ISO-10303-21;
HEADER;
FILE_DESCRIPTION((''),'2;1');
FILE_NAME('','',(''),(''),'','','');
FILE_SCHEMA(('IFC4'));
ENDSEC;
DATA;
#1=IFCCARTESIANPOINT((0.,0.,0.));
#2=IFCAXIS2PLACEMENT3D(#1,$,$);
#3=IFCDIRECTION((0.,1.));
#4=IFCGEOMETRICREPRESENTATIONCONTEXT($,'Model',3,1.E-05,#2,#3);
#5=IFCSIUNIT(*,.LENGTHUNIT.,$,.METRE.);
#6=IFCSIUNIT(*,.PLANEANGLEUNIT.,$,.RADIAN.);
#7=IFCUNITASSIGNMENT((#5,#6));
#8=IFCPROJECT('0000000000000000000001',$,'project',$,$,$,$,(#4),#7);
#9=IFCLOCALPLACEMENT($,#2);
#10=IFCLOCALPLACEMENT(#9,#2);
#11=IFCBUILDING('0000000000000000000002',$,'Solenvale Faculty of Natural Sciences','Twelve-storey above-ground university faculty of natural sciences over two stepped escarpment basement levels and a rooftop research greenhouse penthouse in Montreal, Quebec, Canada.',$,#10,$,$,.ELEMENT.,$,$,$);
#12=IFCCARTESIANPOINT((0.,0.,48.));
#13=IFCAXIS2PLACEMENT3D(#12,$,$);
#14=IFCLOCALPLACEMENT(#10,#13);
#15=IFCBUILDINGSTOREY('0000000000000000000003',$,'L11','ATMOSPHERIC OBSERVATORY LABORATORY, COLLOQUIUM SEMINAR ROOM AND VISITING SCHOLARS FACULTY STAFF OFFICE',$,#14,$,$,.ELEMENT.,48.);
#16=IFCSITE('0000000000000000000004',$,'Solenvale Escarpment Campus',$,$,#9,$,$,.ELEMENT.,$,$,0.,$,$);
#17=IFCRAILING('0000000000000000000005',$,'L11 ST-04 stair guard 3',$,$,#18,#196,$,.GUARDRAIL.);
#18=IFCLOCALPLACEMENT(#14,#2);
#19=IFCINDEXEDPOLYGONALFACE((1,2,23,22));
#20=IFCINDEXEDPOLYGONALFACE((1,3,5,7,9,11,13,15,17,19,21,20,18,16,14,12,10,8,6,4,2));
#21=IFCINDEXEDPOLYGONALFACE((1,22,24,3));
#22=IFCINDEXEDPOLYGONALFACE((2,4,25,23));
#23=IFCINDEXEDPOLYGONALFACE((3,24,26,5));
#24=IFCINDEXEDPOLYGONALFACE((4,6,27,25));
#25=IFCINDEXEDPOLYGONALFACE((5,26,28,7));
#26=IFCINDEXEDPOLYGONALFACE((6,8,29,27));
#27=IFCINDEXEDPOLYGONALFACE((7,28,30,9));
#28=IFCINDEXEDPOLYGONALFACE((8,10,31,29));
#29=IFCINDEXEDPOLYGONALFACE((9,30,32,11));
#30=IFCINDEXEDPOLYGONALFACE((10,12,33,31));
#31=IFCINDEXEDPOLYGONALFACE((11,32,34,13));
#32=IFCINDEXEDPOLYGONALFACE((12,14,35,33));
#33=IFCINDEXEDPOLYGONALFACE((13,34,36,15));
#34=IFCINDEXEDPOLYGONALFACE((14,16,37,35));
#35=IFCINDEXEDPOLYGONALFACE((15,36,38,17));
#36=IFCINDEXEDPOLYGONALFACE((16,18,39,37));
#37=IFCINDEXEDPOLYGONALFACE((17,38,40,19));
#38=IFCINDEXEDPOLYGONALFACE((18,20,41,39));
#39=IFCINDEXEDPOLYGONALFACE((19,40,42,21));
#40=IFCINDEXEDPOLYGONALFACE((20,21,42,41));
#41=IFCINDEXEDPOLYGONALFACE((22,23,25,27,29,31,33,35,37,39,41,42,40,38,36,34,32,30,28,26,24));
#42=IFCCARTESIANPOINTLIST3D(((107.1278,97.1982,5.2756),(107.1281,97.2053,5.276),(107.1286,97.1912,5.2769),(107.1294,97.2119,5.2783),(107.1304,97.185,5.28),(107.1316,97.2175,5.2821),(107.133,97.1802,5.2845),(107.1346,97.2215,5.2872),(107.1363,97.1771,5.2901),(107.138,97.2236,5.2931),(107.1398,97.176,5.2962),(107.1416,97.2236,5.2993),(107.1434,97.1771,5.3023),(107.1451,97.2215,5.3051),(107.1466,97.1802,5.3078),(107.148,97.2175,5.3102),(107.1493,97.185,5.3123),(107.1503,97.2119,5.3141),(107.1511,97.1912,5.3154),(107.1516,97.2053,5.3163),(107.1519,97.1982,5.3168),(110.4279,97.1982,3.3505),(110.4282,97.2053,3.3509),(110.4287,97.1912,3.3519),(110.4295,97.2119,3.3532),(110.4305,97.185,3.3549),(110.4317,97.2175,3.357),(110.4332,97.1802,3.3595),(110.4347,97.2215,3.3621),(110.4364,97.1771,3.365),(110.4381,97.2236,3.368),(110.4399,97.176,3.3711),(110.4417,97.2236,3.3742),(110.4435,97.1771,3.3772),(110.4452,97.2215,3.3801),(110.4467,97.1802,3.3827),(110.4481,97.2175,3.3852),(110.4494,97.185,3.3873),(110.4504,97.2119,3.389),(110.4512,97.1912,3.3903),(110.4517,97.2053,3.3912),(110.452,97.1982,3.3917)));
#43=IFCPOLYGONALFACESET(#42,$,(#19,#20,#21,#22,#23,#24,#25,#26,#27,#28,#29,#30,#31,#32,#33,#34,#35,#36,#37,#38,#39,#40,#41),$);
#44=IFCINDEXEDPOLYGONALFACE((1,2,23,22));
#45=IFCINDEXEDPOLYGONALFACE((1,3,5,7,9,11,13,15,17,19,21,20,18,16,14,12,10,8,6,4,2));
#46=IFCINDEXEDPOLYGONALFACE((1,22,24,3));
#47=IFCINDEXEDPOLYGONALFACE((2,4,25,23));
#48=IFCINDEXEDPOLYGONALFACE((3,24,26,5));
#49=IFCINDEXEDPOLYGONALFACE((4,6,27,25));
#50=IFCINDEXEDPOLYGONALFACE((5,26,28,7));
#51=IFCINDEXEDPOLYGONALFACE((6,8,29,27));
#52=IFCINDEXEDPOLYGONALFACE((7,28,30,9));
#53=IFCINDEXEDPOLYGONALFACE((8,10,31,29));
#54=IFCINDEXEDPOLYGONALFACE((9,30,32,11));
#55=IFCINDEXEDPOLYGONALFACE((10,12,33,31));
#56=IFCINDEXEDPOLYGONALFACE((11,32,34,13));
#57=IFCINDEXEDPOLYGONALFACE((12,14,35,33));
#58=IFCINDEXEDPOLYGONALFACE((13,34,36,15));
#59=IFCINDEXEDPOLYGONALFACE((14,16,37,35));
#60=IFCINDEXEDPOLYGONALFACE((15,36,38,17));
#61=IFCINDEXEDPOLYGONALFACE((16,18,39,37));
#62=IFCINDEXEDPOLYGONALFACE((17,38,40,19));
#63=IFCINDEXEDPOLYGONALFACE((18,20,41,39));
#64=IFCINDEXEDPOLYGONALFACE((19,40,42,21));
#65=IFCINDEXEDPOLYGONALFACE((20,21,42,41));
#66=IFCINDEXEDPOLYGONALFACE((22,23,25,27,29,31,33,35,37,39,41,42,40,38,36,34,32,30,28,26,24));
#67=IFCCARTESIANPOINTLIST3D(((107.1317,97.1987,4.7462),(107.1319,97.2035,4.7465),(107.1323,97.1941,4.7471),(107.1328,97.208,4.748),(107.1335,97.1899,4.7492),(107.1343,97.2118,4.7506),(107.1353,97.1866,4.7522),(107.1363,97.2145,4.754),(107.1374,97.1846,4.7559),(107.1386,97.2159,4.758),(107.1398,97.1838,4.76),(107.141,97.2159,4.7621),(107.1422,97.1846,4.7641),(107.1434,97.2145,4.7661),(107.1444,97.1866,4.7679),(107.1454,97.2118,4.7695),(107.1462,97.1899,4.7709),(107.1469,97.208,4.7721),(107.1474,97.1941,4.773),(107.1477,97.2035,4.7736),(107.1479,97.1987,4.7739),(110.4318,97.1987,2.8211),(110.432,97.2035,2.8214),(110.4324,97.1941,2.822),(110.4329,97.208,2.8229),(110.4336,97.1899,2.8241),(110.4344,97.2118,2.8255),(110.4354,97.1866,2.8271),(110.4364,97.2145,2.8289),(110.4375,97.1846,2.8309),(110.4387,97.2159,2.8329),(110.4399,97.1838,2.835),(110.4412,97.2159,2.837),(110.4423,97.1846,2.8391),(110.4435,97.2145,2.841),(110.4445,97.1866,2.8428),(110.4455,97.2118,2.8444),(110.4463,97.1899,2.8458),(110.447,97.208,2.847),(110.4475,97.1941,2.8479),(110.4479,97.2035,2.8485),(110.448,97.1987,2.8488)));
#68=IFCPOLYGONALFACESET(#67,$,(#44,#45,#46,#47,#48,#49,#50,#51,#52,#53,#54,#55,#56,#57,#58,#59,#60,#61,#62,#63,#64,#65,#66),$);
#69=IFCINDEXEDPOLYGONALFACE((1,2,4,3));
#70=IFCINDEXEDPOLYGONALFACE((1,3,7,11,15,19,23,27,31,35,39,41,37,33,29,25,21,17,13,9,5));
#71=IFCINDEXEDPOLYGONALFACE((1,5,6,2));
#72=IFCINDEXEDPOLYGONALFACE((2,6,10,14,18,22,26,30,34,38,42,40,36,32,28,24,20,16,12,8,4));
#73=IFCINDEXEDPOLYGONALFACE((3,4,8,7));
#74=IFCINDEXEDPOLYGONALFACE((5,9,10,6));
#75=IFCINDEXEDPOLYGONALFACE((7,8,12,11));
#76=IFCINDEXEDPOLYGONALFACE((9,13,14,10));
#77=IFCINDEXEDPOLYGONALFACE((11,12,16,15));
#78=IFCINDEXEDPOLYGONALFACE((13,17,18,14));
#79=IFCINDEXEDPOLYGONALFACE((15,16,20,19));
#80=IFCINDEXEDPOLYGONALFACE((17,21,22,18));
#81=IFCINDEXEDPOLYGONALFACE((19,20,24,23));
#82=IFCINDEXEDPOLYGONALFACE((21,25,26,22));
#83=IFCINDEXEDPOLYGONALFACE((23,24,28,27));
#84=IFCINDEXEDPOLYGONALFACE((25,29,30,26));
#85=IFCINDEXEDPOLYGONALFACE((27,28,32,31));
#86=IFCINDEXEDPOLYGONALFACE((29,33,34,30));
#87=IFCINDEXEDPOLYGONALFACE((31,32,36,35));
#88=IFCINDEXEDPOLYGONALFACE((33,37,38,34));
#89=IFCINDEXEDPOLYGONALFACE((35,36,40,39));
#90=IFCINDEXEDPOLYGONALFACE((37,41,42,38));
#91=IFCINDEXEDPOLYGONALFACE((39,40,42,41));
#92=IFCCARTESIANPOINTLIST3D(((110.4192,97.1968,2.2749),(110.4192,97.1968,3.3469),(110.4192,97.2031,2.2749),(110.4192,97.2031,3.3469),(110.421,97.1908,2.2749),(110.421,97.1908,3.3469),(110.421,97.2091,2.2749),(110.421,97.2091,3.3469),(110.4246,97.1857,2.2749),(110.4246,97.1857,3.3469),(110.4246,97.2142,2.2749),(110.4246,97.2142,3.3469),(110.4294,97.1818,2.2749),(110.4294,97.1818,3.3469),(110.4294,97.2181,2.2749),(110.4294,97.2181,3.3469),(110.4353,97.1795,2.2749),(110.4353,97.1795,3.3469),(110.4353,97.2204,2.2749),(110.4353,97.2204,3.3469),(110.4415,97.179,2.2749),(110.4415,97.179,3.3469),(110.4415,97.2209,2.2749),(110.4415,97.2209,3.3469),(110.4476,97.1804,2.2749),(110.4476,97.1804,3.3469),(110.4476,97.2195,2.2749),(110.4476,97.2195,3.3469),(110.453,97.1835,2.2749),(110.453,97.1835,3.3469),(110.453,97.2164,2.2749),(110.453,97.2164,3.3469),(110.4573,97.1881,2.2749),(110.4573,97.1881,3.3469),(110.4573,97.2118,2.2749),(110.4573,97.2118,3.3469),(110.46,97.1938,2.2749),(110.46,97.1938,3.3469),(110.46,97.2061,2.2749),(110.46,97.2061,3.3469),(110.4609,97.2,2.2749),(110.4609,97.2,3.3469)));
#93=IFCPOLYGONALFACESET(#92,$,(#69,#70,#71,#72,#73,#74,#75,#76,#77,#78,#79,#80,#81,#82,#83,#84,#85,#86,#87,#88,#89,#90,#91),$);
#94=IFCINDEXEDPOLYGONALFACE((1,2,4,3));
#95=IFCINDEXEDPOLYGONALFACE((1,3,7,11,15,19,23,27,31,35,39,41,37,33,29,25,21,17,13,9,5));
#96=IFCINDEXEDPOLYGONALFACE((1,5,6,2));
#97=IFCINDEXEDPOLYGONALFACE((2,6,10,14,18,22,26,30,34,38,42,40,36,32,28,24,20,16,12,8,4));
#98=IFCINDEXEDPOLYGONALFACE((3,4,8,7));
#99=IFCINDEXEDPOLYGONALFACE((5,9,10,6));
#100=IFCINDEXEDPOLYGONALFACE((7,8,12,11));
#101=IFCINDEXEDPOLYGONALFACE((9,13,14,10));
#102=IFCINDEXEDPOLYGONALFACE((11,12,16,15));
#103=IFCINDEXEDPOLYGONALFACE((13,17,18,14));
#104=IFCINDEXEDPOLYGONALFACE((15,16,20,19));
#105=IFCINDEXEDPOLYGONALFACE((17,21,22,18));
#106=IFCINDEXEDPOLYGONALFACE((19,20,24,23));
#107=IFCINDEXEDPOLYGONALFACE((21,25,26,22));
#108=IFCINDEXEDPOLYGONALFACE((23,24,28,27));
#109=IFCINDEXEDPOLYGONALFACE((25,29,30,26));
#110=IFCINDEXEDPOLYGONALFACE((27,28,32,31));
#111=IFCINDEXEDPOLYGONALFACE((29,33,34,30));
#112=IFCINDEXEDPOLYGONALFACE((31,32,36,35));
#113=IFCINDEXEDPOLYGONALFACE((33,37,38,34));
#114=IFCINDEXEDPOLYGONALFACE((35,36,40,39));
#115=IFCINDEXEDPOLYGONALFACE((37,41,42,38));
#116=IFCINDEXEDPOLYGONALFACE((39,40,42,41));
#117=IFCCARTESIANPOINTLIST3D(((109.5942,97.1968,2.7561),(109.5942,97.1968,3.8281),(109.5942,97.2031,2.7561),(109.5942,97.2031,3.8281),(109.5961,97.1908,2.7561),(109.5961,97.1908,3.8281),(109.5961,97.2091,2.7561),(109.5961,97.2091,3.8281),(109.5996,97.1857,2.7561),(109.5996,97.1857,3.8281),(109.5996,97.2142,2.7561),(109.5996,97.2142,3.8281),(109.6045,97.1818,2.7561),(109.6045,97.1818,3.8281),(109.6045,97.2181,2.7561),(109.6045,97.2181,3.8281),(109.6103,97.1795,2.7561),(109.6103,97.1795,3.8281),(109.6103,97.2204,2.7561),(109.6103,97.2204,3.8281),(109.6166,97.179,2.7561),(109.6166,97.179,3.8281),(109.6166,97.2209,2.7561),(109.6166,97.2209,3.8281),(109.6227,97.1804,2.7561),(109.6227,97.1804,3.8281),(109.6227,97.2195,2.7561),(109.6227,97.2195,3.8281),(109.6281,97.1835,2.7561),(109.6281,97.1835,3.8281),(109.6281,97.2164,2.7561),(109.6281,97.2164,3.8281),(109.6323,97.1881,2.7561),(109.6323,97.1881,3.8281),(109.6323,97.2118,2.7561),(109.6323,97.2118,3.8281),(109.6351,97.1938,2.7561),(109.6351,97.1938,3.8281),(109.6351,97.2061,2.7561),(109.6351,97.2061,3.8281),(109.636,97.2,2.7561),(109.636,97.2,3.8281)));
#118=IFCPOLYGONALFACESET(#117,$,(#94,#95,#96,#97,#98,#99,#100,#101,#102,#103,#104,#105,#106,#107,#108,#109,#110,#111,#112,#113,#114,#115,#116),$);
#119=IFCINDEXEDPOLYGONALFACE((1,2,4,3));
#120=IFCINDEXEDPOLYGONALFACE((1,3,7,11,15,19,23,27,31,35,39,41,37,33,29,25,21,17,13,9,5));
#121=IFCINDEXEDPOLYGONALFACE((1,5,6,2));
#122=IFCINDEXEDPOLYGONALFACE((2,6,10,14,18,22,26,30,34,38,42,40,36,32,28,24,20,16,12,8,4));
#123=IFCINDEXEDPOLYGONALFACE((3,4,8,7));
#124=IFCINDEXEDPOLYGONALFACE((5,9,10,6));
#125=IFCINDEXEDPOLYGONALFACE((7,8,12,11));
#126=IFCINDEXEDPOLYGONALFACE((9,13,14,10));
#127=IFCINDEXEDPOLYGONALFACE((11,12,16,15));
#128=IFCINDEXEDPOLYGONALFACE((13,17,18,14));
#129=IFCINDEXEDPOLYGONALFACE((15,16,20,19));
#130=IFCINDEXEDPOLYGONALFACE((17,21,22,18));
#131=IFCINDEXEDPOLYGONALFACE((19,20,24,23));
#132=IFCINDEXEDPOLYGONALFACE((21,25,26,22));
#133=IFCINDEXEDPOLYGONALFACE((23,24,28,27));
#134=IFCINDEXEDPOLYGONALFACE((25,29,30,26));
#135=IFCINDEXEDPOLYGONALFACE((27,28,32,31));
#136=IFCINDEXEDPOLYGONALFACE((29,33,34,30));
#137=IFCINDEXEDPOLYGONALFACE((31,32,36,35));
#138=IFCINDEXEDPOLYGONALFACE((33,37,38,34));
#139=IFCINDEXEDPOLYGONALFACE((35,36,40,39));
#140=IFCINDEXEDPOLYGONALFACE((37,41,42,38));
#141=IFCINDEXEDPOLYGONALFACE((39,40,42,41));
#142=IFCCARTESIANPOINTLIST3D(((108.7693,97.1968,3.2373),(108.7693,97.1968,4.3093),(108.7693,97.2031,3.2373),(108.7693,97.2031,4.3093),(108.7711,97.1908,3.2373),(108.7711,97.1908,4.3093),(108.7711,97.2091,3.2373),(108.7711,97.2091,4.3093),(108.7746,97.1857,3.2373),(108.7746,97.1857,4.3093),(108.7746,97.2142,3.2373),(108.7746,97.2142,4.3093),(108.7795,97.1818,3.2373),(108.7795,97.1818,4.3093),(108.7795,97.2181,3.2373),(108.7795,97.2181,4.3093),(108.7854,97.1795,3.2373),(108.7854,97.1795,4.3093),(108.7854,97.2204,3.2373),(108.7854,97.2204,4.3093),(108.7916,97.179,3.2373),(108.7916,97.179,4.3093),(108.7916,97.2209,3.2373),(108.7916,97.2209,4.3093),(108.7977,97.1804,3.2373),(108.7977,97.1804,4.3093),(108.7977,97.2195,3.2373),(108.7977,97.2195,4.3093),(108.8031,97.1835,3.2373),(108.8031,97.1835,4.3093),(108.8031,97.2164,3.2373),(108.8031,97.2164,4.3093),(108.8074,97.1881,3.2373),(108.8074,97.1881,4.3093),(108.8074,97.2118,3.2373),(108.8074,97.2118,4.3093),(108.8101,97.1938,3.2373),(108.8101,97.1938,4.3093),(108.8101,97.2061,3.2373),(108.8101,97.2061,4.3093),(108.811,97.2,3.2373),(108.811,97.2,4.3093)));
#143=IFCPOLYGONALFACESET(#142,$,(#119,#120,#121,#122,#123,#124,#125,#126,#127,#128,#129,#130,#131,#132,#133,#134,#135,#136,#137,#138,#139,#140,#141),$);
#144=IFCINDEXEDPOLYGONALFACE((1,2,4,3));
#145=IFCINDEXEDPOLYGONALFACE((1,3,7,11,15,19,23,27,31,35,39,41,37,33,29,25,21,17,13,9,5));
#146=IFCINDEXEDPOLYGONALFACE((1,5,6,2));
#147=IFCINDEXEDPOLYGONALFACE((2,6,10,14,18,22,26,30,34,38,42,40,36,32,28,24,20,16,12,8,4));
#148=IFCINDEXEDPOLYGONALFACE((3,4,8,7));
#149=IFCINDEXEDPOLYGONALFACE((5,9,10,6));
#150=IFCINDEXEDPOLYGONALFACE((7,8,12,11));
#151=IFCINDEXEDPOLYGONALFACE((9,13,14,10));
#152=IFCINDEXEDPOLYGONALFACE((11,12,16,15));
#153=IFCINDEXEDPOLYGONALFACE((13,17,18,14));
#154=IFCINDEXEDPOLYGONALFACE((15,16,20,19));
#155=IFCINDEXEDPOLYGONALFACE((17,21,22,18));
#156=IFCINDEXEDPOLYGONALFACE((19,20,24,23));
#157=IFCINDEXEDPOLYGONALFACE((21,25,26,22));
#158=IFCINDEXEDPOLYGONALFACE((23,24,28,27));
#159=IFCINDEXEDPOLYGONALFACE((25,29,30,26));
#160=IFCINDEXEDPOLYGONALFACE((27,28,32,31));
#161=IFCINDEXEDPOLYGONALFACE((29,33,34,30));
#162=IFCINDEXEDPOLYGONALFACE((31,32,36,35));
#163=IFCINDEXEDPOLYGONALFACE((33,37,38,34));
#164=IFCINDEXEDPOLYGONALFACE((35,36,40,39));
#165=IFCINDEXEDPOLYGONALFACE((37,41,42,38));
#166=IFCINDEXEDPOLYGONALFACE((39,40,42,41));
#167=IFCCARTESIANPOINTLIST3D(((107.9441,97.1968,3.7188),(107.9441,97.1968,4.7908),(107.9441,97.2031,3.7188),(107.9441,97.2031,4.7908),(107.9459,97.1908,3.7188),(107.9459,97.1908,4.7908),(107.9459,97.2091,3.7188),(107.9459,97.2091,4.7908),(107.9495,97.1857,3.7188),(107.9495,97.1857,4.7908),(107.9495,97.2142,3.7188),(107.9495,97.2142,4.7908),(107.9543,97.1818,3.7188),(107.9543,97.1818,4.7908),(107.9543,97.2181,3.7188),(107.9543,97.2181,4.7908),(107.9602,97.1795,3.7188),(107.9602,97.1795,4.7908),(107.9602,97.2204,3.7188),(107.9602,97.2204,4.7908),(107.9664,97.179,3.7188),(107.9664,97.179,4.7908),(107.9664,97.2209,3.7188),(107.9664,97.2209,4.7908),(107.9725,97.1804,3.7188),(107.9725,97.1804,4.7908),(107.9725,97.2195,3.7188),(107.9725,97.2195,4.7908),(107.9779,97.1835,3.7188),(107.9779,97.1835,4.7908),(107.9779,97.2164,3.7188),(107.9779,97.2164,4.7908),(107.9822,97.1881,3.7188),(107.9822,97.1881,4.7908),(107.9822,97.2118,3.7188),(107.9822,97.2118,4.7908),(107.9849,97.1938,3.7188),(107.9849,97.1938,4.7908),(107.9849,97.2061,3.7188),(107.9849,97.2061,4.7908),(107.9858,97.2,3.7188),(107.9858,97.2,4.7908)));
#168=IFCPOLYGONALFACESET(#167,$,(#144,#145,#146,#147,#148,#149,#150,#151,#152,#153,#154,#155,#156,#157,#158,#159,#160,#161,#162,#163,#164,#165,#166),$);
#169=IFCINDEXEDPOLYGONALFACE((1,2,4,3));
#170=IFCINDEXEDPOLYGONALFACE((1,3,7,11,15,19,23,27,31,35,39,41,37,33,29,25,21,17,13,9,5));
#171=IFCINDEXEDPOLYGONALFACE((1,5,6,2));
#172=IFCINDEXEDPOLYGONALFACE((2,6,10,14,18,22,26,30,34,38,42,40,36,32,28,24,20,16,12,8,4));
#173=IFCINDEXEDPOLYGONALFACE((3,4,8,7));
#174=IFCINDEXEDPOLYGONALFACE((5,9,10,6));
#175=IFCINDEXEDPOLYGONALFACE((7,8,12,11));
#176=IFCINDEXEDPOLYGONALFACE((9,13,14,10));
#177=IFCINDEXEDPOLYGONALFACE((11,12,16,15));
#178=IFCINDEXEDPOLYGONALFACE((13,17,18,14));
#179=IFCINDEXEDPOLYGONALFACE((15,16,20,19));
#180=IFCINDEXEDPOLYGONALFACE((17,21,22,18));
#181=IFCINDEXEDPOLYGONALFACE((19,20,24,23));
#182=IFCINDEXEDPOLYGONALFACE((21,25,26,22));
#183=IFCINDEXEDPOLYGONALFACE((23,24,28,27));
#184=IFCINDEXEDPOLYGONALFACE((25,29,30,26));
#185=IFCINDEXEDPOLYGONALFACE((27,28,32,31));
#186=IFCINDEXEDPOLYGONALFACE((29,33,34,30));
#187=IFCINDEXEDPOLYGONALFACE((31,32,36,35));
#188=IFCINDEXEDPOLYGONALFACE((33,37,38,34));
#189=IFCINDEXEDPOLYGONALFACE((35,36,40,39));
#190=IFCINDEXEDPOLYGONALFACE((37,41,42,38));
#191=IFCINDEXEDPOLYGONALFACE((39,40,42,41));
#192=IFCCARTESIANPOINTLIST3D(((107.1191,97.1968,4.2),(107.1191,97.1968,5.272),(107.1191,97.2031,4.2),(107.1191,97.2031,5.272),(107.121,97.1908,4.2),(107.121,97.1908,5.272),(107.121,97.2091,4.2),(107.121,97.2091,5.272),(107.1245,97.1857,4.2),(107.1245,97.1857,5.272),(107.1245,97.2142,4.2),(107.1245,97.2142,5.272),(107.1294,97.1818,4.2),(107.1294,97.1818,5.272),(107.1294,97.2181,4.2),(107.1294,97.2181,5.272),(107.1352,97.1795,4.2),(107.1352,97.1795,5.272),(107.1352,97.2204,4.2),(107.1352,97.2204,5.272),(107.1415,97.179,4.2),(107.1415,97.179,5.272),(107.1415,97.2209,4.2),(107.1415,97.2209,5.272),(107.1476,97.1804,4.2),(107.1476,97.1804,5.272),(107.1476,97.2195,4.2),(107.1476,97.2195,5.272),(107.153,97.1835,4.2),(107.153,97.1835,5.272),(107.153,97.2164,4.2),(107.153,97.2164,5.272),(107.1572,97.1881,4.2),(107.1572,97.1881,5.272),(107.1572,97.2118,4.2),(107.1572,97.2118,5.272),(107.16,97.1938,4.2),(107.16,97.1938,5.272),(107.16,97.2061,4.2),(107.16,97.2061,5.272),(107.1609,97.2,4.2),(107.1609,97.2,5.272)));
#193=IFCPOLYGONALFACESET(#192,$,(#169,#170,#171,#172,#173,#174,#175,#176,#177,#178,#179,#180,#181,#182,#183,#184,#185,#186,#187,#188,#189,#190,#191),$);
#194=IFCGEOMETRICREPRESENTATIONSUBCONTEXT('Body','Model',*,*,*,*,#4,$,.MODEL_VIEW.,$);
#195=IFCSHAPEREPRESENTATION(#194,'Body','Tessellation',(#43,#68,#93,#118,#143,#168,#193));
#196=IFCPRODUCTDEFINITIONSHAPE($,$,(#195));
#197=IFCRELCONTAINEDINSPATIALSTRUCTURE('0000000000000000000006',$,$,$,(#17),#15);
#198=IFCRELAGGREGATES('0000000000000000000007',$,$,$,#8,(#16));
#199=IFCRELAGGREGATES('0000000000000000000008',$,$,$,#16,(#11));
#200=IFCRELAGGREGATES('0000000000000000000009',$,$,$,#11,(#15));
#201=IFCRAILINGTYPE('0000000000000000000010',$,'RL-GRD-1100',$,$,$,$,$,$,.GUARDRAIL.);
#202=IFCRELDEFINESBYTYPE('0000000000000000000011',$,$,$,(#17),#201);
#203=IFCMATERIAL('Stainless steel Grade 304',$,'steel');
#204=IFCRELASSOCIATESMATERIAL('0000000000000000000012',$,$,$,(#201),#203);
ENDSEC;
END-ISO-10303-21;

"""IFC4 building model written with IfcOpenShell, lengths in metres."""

from ifc_helpers import new_model, si_unit, direction, frame, origin, origin_2d, place, context, subcontext, project, spatial, circle, extrude, material, type_object, element, save


model = new_model("IFC4")

# Units and contexts
model_context = context("Model", 3, precision=1e-05, world=origin(), true_north=direction((0.0, 1.0)))
body_context = subcontext(model_context, "Body", "Model", "MODEL_VIEW")
ifc_project = project(units=[si_unit("LENGTHUNIT", "METRE"), si_unit("PLANEANGLEUNIT", "RADIAN")], contexts=[model_context])

# Site, building, storey
site_placement = place(None, origin())
site = spatial("IfcSite", under=ifc_project, at=site_placement, Name="Solenvale Escarpment Campus", CompositionType="ELEMENT", RefElevation=0.0)
building_placement = place(site_placement, origin())
building = spatial("IfcBuilding", under=site, at=building_placement, Name="Solenvale Faculty of Natural Sciences", Description="Twelve-storey above-ground university faculty of natural sciences over two stepped escarpment basement levels and a rooftop research greenhouse penthouse in Montreal, Quebec, Canada.", CompositionType="ELEMENT")
storey_placement = place(building_placement, frame((0.0, 0.0, 48.0)))
storey = spatial("IfcBuildingStorey", under=building, at=storey_placement, Name="L11", Description="ATMOSPHERIC OBSERVATORY LABORATORY, COLLOQUIUM SEMINAR ROOM AND VISITING SCHOLARS FACULTY STAFF OFFICE", CompositionType="ELEMENT", Elevation=48.0)

# Railing
ifc_material_1 = material(Name="Stainless steel Grade 304", Category="steel")
railing_type_1 = type_object("IfcRailingType", Name="RL-GRD-1100", PredefinedType="GUARDRAIL", material=ifc_material_1)
railing_1_placement = place(storey_placement, frame((110.4399, 97.2, 2.2749)))
element("IfcRailing", 1, at=railing_1_placement, inside=storey, type_object=railing_type_1, Name="L11 ST-04 stair guard 3", PredefinedType="GUARDRAIL", context=body_context, shape_type="SweptSolid", body=[
    extrude(circle(Radius=0.0239, at=origin_2d()), frame((0.0, 0.0, 1.0962), z_axis=(-0.863777, 0.0, 0.503875), x_axis=(0.0, -1.0, 0.0)), (0.0, 0.0, 1.0), 3.8206),
    extrude(circle(Radius=0.0161, at=origin_2d()), frame((0.0, 0.0, 0.5601), z_axis=(-0.863777, 0.0, 0.503875), x_axis=(0.0, -1.0, 0.0)), (0.0, 0.0, 1.0), 3.8206),
    extrude(circle(Radius=0.021, at=origin_2d()), origin(), (0.0, 0.0, 1.0), 1.072),
    extrude(circle(Radius=0.021, at=origin_2d()), frame((-0.825, 0.0, 0.4812)), (0.0, 0.0, 1.0), 1.072),
    extrude(circle(Radius=0.021, at=origin_2d()), frame((-1.6499, 0.0, 0.9624)), (0.0, 0.0, 1.0), 1.072),
    extrude(circle(Radius=0.021, at=origin_2d()), frame((-2.4751, 0.0, 1.4438)), (0.0, 0.0, 1.0), 1.072),
    extrude(circle(Radius=0.021, at=origin_2d()), frame((-3.3, 0.0, 1.925)), (0.0, 0.0, 1.0), 1.072),
])

save(model, "model.ifc")
